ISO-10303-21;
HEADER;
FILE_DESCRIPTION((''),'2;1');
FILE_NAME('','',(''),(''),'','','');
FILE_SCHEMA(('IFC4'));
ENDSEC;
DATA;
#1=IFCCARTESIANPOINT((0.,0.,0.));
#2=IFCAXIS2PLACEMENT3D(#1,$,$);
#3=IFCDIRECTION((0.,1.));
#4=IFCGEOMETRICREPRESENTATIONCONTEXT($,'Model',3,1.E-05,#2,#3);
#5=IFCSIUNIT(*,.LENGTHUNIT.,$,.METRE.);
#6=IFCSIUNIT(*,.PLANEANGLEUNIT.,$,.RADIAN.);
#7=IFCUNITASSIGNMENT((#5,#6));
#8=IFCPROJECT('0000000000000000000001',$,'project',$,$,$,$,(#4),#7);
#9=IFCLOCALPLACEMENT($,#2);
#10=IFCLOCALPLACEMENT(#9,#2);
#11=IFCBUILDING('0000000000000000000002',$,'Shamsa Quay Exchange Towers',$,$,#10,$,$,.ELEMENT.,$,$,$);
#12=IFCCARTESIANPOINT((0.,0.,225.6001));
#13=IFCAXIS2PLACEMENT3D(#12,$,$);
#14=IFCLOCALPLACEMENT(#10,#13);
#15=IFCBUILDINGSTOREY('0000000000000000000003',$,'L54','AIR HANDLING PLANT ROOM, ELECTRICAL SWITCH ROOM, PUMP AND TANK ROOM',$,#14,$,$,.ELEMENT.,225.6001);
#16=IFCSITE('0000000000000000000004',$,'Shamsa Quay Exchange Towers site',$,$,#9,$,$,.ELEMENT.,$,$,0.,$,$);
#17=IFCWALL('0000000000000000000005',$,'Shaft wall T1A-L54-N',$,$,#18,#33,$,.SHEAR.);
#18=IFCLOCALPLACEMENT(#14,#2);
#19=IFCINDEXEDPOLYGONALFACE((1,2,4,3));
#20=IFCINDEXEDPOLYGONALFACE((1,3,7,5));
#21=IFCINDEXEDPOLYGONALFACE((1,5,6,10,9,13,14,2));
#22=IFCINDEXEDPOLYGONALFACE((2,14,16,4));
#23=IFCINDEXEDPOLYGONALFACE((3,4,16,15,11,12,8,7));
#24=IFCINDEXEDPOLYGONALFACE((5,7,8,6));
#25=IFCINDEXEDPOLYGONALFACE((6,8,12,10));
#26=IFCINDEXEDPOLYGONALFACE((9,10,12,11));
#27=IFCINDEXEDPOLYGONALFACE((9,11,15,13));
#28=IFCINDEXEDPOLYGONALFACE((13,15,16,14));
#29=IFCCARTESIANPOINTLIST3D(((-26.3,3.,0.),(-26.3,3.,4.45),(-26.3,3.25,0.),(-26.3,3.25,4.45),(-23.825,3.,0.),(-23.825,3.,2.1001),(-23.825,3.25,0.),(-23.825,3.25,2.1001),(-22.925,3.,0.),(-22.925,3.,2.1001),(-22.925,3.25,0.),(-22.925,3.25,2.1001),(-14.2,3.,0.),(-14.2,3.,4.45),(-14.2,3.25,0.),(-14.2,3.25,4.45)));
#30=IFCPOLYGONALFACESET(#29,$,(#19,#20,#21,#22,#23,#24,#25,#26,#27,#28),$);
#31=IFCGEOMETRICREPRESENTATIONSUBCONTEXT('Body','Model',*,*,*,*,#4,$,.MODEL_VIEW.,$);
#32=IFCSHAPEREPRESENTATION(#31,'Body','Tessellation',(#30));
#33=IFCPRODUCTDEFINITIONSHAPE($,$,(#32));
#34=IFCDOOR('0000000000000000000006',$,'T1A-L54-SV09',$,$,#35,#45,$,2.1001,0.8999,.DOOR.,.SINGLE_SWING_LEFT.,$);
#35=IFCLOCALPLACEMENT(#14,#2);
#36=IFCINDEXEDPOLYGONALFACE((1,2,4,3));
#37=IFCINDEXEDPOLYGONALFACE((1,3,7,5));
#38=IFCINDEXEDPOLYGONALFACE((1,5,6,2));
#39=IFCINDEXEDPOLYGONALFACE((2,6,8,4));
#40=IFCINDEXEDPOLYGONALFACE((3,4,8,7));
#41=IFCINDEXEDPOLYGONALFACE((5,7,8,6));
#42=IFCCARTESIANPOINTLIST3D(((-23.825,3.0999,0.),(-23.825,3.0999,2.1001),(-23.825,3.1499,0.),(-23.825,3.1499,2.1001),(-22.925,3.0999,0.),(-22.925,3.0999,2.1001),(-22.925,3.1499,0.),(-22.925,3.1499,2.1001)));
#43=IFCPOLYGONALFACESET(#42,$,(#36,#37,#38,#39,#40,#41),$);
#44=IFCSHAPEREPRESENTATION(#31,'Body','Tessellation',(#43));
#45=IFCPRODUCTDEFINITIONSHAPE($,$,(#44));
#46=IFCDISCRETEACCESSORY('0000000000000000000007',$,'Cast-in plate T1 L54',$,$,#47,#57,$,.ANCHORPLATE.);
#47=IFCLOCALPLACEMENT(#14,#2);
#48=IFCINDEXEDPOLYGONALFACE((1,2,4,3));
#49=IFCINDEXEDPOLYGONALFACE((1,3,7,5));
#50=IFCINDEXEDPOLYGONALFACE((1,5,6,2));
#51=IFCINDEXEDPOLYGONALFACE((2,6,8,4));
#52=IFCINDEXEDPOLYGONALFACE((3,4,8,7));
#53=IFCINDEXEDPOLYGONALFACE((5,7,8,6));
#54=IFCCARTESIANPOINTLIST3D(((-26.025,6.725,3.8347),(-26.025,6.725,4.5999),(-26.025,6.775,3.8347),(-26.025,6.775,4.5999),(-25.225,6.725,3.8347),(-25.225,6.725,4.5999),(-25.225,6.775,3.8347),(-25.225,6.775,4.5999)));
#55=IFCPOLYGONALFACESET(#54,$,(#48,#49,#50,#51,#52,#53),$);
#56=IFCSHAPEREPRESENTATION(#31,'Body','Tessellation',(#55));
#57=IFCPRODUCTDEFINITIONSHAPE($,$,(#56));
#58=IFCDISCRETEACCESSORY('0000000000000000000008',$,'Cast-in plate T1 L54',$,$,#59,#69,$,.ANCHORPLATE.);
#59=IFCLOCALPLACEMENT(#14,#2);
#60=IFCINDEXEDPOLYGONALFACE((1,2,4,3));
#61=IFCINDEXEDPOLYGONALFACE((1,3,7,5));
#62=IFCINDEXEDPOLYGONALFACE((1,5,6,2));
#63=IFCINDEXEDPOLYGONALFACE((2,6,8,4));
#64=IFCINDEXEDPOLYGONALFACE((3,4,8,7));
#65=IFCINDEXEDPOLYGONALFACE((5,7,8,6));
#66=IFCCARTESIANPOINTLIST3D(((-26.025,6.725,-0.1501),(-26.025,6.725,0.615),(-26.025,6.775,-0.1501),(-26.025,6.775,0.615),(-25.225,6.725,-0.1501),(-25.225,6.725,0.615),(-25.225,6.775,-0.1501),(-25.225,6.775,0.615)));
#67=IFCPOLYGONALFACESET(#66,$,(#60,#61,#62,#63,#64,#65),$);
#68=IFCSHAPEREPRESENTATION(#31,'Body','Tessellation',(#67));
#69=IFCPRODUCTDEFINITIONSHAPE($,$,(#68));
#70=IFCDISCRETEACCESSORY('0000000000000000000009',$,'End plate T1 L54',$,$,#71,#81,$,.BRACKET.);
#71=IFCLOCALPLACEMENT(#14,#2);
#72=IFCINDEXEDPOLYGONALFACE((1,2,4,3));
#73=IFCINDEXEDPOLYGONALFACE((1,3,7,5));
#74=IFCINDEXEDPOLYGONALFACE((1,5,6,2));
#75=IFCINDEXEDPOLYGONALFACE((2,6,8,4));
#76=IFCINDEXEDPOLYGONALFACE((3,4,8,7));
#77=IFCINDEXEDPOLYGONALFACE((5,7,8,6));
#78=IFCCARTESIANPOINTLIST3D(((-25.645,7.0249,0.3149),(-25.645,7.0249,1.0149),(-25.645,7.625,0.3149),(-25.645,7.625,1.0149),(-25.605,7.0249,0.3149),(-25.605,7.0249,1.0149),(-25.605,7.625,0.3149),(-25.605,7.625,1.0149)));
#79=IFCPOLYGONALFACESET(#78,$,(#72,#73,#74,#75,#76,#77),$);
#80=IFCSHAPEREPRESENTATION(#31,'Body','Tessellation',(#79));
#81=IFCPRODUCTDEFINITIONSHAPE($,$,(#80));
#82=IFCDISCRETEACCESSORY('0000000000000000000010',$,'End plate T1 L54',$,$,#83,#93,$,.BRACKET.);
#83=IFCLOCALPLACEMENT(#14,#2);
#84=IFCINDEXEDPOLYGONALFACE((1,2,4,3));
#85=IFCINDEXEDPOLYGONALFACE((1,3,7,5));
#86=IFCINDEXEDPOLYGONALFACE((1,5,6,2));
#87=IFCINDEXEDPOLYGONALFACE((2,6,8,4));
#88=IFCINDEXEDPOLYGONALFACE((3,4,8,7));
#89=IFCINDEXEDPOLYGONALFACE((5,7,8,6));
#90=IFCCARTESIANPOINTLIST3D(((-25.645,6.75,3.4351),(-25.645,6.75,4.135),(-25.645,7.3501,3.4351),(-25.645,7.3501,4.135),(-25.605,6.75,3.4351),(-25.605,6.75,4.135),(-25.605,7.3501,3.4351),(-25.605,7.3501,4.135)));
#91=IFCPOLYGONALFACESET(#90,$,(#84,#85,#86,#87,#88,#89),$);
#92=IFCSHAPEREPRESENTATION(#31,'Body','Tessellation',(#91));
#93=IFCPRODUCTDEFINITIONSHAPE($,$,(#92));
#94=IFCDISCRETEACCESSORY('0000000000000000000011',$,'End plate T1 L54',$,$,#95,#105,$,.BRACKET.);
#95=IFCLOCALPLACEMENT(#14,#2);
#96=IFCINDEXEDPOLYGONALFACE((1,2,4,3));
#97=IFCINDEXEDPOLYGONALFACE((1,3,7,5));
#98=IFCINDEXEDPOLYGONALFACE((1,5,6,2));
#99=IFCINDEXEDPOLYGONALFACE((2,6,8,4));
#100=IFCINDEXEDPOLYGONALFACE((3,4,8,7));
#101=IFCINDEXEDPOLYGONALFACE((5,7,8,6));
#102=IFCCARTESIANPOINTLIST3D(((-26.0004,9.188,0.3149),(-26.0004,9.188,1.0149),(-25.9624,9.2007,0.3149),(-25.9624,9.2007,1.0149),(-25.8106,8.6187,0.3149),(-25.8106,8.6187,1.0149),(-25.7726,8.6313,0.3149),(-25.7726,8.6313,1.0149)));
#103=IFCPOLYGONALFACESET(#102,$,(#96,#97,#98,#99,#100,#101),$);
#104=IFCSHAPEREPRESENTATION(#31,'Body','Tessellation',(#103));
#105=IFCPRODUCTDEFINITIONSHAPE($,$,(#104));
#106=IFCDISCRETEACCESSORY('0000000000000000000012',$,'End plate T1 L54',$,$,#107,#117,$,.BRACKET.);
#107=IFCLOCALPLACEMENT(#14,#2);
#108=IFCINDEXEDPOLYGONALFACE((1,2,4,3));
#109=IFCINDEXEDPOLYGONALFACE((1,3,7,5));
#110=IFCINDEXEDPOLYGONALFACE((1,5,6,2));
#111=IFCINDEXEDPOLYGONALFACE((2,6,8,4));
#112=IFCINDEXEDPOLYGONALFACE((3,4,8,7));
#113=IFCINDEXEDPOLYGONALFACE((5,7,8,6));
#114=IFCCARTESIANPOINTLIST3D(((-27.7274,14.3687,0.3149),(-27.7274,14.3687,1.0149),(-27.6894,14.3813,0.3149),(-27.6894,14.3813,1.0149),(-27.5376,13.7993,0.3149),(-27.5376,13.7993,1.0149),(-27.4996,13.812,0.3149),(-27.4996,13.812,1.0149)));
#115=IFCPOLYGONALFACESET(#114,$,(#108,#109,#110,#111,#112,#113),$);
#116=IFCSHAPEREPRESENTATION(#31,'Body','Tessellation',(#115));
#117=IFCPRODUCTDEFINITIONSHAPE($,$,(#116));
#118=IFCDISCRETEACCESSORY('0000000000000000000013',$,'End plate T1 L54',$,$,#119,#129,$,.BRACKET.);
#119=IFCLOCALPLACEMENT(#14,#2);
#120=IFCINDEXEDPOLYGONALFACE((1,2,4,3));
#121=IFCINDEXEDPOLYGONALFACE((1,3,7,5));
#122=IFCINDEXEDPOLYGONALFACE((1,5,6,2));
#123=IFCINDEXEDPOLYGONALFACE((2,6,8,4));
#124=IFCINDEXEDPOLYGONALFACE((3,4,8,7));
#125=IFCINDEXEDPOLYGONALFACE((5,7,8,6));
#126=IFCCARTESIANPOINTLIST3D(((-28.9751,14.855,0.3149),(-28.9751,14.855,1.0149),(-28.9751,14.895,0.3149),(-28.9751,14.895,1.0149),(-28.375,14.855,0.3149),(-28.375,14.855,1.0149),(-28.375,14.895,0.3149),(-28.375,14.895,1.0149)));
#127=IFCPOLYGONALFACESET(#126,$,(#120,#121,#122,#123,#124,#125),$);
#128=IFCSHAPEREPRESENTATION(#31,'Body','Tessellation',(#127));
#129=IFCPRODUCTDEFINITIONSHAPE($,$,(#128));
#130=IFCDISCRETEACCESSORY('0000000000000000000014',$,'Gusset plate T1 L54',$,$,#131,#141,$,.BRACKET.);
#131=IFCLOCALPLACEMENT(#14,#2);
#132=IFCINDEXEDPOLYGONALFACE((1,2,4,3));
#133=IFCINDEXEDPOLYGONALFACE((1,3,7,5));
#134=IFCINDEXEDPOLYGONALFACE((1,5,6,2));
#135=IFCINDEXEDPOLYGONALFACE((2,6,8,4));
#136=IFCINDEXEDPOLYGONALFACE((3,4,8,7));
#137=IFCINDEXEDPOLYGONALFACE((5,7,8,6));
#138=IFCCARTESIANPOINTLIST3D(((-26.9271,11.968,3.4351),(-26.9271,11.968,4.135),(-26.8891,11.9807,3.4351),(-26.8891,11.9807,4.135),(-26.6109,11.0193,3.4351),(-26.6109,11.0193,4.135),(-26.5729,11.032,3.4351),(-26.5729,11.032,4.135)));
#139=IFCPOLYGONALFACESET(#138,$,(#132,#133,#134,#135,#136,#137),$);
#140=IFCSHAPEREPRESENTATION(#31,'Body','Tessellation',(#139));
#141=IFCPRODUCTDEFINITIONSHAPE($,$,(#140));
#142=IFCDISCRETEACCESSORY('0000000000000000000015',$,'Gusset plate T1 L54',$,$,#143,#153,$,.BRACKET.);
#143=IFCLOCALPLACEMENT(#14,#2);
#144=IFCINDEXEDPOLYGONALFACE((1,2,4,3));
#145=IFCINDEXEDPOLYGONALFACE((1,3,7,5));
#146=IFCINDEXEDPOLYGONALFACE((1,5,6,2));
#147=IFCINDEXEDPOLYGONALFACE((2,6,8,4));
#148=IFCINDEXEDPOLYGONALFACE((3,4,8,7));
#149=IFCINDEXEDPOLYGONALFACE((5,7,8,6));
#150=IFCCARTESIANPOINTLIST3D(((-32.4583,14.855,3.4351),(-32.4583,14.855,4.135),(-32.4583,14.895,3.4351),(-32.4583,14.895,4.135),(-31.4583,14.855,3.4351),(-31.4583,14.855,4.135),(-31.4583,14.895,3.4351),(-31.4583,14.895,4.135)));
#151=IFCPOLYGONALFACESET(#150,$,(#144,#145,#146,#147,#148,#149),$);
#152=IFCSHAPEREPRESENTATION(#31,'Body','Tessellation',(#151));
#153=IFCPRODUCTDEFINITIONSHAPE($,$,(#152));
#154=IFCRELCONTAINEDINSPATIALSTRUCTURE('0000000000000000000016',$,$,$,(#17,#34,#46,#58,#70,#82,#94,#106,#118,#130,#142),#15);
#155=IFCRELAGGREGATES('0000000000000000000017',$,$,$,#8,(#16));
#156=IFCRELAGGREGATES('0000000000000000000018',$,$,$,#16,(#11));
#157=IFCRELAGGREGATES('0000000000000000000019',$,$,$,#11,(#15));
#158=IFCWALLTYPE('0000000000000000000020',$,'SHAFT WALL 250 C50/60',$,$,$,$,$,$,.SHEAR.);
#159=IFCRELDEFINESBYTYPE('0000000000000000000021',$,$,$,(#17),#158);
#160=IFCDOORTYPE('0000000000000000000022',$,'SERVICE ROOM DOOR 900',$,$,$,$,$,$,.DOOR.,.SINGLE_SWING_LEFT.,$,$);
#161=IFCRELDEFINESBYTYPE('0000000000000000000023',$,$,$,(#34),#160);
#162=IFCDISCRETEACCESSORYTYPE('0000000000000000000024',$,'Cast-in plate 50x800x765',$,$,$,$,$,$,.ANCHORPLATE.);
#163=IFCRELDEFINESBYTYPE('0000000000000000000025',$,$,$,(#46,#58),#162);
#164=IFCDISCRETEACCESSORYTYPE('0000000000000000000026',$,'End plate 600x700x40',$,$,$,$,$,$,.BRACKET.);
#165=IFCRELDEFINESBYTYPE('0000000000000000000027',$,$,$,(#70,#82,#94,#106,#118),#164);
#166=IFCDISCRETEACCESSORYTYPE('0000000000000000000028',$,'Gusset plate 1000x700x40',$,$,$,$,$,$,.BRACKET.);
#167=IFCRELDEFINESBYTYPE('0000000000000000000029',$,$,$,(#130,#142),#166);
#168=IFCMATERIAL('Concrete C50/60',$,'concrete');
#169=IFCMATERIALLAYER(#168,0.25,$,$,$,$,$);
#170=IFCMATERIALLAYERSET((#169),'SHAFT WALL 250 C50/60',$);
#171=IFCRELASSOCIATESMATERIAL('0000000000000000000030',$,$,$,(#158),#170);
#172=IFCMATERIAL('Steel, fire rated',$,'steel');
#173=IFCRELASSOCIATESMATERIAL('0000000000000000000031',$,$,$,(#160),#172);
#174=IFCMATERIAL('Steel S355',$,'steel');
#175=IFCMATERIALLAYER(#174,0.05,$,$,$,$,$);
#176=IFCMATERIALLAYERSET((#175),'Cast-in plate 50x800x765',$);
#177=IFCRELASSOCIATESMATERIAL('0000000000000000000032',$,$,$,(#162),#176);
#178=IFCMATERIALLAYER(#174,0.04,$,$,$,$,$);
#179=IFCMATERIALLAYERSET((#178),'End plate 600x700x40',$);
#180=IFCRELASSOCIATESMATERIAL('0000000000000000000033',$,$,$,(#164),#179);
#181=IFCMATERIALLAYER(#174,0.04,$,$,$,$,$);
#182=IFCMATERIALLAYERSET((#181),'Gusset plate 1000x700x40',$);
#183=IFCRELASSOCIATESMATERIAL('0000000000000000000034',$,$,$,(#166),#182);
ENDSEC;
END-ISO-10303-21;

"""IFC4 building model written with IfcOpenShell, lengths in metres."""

from ifc_helpers import new_model, si_unit, direction, frame, frame_2d, origin, origin_2d, place, context, subcontext, project, spatial, rectangle, extrude, material, layer, layer_set, type_object, element, fill, save


model = new_model("IFC4")

# Units and contexts
model_context = context("Model", 3, precision=1e-05, world=origin(), true_north=direction((0.0, 1.0)))
body_context = subcontext(model_context, "Body", "Model", "MODEL_VIEW")
ifc_project = project(units=[si_unit("LENGTHUNIT", "METRE"), si_unit("PLANEANGLEUNIT", "RADIAN")], contexts=[model_context])

# Site, building, storey
site_placement = place(None, origin())
site = spatial("IfcSite", under=ifc_project, at=site_placement, Name="Shamsa Quay Exchange Towers site", CompositionType="ELEMENT", RefElevation=0.0)
building_placement = place(site_placement, origin())
building = spatial("IfcBuilding", under=site, at=building_placement, Name="Shamsa Quay Exchange Towers", CompositionType="ELEMENT")
storey_placement = place(building_placement, frame((0.0, 0.0, 225.6001)))
storey = spatial("IfcBuildingStorey", under=building, at=storey_placement, Name="L54", Description="AIR HANDLING PLANT ROOM, ELECTRICAL SWITCH ROOM, PUMP AND TANK ROOM", CompositionType="ELEMENT", Elevation=225.6001)

# Shared definitions
ifc_material_1 = material(Name="Steel S355", Category="steel")

# Shared definitions
ifc_material_2 = material(Name="Steel, fire rated", Category="steel")

# Wall, opening, door
ifc_material_3 = material(Name="Concrete C50/60", Category="concrete")
ifc_layer_1 = layer(ifc_material_3, 0.25)
ifc_layer_set_1 = layer_set([ifc_layer_1], Name="SHAFT WALL 250 C50/60")
wall_type_1 = type_object("IfcWallType", Name="SHAFT WALL 250 C50/60", PredefinedType="SHEAR", material=ifc_layer_set_1)
wall_1_placement = place(storey_placement, frame((-26.3, 3.125, 0.0)))
wall_1 = element("IfcWall", 1, at=wall_1_placement, inside=storey, type_object=wall_type_1, Name="Shaft wall T1A-L54-N", PredefinedType="SHEAR", context=body_context, shape_type="SweptSolid", body=[
    extrude(rectangle(XDim=12.1001, YDim=0.25, at=frame_2d((6.05, 0.0))), origin(), (0.0, 0.0, 1.0), 4.45),
])
opening_1_placement = place(wall_1_placement, frame((2.4751, 0.0, 0.0)))
opening_1 = element("IfcOpeningElement", 2, at=opening_1_placement, cuts=wall_1, PredefinedType="OPENING", context=body_context, shape_type="SweptSolid", body=[
    extrude(rectangle(XDim=0.8999, YDim=2.1001, at=frame_2d((0.45, 1.05))), frame((0.0, 0.135, 0.0), z_axis=(0.0, -1.0, 0.0), x_axis=(1.0, 0.0, 0.0)), (0.0, 0.0, 1.0), 0.27),
])
door_type_1 = type_object("IfcDoorType", Name="SERVICE ROOM DOOR 900", OperationType="SINGLE_SWING_LEFT", PredefinedType="DOOR", material=ifc_material_2)
door_1_placement = place(opening_1_placement, origin())
door_1 = element("IfcDoor", 3, at=door_1_placement, inside=storey, type_object=door_type_1, Name="T1A-L54-SV09", OperationType="SINGLE_SWING_LEFT", OverallHeight=2.1001, OverallWidth=0.8999, PredefinedType="DOOR", context=body_context, shape_type="SweptSolid", body=[
    extrude(rectangle(XDim=0.8999, YDim=2.1001, at=frame_2d((0.45, 1.05))), frame((0.0, 0.0249, 0.0), z_axis=(0.0, -1.0, 0.0), x_axis=(1.0, 0.0, 0.0)), (0.0, 0.0, 1.0), 0.05),
])
fill(opening_1, door_1)

# Discrete accessories
ifc_layer_2 = layer(ifc_material_1, 0.05)
ifc_layer_set_2 = layer_set([ifc_layer_2], Name="Cast-in plate 50x800x765")
discrete_accessory_type_1 = type_object("IfcDiscreteAccessoryType", Name="Cast-in plate 50x800x765", PredefinedType="ANCHORPLATE", material=ifc_layer_set_2)
for number, where, z_axis, x_axis, name in (
    (4, (-25.625, 6.75, 3.8347), (0.0, 0.0, 1.0), (0.0, -1.0, 0.0), "Cast-in plate T1 L54"),
    (5, (-25.625, 6.75, -0.1501), (0.0, 0.0, 1.0), (0.0, -1.0, 0.0), "Cast-in plate T1 L54"),
):
    element("IfcDiscreteAccessory", number, at=place(storey_placement, frame(where, z_axis=z_axis, x_axis=x_axis)), inside=storey, type_object=discrete_accessory_type_1, Name=name, PredefinedType="ANCHORPLATE", context=body_context, shape_type="SweptSolid", body=[
        extrude(rectangle(XDim=0.05, YDim=0.8, at=origin_2d()), origin(), (0.0, 0.0, 1.0), 0.7651),
    ])
ifc_layer_3 = layer(ifc_material_1, 0.04)
ifc_layer_set_3 = layer_set([ifc_layer_3], Name="End plate 600x700x40")
discrete_accessory_type_2 = type_object("IfcDiscreteAccessoryType", Name="End plate 600x700x40", PredefinedType="BRACKET", material=ifc_layer_set_3)
for number, where, z_axis, x_axis, name in (
    (6, (-25.625, 7.325, 0.3149), (0.0, 0.0, 1.0), (0.0, -1.0, 0.0), "End plate T1 L54"),
    (7, (-25.625, 7.05, 3.4351), (0.0, 0.0, 1.0), (0.0, -1.0, 0.0), "End plate T1 L54"),
    (8, (-25.8865, 8.9097, 0.3149), (0.0, 0.0, 1.0), (-0.316228, 0.948683, 0.0), "End plate T1 L54"),
    (9, (-27.6135, 14.0903, 0.3149), (0.0, 0.0, 1.0), (-0.316228, 0.948683, 0.0), "End plate T1 L54"),
    (10, (-28.675, 14.875, 0.3149), (0.0, 0.0, 1.0), (-1.0, 0.0, 0.0), "End plate T1 L54"),
):
    element("IfcDiscreteAccessory", number, at=place(storey_placement, frame(where, z_axis=z_axis, x_axis=x_axis)), inside=storey, type_object=discrete_accessory_type_2, Name=name, PredefinedType="BRACKET", context=body_context, shape_type="SweptSolid", body=[
        extrude(rectangle(XDim=0.6001, YDim=0.04, at=origin_2d()), origin(), (0.0, 0.0, 1.0), 0.7),
    ])
ifc_layer_4 = layer(ifc_material_1, 0.04)
ifc_layer_set_4 = layer_set([ifc_layer_4], Name="Gusset plate 1000x700x40")
discrete_accessory_type_3 = type_object("IfcDiscreteAccessoryType", Name="Gusset plate 1000x700x40", PredefinedType="BRACKET", material=ifc_layer_set_4)
for number, where, z_axis, x_axis, name in (
    (11, (-26.75, 11.5, 3.4351), (0.0, 0.0, 1.0), (-0.316228, 0.948683, 0.0), "Gusset plate T1 L54"),
    (12, (-31.9583, 14.875, 3.4351), (0.0, 0.0, 1.0), (-1.0, 0.0, 0.0), "Gusset plate T1 L54"),
):
    element("IfcDiscreteAccessory", number, at=place(storey_placement, frame(where, z_axis=z_axis, x_axis=x_axis)), inside=storey, type_object=discrete_accessory_type_3, Name=name, PredefinedType="BRACKET", context=body_context, shape_type="SweptSolid", body=[
        extrude(rectangle(XDim=1.0, YDim=0.04, at=origin_2d()), origin(), (0.0, 0.0, 1.0), 0.7),
    ])

save(model, "model.ifc")
